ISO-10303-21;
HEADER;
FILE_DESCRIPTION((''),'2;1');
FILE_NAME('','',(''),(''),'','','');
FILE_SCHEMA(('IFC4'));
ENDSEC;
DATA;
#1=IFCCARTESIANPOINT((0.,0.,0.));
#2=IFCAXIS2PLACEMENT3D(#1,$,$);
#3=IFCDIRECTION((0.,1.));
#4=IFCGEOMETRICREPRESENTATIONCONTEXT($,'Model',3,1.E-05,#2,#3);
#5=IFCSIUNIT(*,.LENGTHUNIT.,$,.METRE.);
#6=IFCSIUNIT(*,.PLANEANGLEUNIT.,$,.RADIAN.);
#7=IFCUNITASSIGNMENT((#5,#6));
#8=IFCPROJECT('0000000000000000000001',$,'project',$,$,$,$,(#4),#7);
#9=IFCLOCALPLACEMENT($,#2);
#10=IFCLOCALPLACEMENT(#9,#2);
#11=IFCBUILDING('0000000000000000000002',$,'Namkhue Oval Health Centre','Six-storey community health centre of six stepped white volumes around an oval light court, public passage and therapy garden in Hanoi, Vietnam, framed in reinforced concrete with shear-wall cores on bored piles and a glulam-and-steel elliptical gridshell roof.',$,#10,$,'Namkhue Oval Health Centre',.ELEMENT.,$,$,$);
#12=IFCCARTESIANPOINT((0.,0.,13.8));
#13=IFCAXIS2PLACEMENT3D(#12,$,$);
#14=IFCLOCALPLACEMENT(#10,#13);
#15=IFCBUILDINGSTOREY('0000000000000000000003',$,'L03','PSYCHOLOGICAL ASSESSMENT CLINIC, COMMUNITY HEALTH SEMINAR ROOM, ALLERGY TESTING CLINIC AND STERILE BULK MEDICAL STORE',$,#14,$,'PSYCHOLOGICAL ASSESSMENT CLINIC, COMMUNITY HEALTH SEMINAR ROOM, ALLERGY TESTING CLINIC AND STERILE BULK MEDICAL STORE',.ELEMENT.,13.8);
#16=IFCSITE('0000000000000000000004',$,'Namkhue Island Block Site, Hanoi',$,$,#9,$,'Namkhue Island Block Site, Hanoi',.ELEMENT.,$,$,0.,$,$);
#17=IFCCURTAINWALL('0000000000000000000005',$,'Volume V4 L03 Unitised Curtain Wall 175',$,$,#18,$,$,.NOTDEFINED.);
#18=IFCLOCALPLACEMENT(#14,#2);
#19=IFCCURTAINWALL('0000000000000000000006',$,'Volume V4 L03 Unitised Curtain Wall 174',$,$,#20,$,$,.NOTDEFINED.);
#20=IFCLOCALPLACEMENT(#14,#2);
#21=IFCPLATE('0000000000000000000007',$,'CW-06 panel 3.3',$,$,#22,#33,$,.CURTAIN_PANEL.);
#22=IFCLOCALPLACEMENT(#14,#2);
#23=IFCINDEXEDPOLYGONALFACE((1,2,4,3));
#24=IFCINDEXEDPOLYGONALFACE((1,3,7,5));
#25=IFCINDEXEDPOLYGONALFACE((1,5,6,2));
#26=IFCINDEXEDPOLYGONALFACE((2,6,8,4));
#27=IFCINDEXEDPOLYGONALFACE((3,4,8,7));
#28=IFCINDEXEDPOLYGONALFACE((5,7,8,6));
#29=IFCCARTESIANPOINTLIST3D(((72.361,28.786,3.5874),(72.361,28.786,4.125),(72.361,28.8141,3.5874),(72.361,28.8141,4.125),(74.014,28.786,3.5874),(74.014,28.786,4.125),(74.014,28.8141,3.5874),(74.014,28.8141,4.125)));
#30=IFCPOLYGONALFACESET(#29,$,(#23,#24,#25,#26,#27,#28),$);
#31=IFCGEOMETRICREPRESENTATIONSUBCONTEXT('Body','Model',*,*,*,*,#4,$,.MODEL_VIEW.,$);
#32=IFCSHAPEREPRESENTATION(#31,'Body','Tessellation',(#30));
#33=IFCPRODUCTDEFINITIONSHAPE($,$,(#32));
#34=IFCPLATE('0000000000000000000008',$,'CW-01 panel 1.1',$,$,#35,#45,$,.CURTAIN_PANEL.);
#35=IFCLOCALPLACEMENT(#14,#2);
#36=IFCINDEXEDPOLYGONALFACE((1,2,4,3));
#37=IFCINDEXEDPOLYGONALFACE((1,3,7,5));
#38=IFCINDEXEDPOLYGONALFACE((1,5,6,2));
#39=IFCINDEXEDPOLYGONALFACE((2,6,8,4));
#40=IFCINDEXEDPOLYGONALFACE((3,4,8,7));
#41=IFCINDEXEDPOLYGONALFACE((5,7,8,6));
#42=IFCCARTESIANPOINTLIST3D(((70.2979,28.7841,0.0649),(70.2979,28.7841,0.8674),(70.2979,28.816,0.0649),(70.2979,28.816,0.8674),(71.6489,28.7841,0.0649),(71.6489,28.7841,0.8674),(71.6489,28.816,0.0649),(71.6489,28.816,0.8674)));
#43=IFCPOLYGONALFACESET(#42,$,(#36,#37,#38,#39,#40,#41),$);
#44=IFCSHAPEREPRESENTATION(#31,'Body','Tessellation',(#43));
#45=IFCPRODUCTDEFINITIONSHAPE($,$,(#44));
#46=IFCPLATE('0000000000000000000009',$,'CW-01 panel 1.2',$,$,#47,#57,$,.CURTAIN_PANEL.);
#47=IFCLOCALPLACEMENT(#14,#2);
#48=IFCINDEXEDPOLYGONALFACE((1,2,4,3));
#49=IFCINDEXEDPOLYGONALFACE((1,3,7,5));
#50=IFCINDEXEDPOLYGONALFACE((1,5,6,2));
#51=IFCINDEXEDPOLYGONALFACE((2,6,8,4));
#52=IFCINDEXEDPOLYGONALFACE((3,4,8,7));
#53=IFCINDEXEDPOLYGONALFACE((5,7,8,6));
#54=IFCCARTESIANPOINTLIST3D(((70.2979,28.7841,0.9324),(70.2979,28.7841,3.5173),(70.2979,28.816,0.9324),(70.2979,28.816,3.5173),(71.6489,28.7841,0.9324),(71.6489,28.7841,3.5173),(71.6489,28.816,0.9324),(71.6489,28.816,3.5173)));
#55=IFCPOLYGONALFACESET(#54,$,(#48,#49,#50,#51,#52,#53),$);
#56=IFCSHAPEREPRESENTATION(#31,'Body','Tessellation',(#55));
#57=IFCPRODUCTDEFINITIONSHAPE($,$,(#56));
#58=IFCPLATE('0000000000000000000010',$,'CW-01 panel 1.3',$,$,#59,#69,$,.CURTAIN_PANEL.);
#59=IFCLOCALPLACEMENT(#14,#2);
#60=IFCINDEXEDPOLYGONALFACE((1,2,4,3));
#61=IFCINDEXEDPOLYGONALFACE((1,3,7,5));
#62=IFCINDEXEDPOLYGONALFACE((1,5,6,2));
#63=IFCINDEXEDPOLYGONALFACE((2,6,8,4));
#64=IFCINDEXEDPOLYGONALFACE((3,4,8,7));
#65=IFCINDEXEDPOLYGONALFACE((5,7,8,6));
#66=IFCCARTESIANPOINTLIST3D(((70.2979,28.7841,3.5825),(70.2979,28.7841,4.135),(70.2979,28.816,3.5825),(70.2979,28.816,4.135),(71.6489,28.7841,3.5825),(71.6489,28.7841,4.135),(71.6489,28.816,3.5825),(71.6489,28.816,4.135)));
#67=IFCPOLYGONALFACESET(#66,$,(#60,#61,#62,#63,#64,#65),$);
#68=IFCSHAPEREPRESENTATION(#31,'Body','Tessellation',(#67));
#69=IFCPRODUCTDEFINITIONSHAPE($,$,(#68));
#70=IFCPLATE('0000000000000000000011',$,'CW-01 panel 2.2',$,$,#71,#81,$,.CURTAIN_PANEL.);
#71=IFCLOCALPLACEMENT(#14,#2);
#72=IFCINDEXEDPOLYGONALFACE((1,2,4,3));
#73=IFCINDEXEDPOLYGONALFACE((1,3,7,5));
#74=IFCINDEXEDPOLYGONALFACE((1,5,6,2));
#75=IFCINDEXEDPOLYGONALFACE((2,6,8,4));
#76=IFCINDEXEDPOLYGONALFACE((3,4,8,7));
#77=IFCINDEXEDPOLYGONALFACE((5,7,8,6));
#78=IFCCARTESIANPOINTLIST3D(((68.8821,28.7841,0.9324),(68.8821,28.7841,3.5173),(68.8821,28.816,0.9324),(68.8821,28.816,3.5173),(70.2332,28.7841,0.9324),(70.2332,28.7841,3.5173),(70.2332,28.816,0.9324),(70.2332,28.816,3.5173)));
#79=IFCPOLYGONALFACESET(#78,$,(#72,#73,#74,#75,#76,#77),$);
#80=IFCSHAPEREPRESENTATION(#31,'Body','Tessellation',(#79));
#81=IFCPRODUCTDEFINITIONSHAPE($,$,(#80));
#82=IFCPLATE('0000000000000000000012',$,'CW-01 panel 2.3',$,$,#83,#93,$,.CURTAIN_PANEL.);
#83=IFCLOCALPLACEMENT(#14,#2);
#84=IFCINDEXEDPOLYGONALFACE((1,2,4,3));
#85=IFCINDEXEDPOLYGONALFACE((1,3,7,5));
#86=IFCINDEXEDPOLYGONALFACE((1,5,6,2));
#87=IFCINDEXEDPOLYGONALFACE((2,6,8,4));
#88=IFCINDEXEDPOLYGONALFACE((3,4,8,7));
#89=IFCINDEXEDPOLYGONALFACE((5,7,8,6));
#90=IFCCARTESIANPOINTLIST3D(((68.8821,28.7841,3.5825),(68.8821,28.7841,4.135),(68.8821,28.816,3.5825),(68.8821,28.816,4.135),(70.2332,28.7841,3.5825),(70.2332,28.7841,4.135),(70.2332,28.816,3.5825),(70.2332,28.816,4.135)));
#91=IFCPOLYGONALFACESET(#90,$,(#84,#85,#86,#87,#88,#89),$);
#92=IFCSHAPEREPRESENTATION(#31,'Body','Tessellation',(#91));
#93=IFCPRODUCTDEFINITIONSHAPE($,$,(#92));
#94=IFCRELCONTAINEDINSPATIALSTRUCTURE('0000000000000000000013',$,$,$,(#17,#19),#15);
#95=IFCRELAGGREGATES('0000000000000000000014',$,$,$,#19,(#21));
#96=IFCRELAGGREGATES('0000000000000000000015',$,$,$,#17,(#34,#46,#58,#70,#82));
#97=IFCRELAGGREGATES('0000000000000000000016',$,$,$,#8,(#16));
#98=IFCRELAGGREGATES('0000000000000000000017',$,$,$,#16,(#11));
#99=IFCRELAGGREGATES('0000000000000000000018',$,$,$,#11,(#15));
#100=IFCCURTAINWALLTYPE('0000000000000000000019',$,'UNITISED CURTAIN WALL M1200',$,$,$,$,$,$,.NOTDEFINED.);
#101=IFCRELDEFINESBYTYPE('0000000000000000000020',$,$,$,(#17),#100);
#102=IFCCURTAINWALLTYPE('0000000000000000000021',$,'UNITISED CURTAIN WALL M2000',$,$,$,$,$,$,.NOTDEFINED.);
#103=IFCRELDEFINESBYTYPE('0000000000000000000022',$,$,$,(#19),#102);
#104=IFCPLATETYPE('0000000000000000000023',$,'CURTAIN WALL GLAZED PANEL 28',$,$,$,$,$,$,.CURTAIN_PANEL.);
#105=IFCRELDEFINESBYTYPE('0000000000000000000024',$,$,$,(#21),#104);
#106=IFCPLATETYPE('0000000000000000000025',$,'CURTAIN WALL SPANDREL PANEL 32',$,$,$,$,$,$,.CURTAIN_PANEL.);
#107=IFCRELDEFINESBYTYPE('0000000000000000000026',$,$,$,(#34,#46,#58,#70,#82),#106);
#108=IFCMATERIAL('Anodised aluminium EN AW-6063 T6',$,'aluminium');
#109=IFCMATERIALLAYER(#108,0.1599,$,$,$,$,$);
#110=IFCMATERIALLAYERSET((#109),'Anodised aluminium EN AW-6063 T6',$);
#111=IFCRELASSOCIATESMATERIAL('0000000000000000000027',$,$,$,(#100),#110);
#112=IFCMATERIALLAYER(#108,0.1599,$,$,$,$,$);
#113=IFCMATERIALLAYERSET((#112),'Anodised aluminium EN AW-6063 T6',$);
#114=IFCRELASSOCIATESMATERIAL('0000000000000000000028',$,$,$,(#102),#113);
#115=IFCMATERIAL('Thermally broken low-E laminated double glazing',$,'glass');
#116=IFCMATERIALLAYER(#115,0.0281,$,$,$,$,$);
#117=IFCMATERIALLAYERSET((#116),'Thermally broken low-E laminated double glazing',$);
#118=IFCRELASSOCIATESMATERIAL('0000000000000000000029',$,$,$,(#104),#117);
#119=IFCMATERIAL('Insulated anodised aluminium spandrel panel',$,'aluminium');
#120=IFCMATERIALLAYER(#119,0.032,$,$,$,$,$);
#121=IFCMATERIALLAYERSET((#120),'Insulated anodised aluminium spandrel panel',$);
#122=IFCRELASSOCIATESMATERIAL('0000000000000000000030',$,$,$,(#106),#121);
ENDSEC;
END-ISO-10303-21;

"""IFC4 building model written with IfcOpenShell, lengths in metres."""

from ifc_helpers import new_model, si_unit, direction, frame, origin, origin_2d, place, context, subcontext, project, spatial, rectangle, extrude, material, layer, layer_set, type_object, element, aggregate, save


model = new_model("IFC4")

# Units and contexts
model_context = context("Model", 3, precision=1e-05, world=origin(), true_north=direction((0.0, 1.0)))
body_context = subcontext(model_context, "Body", "Model", "MODEL_VIEW")
ifc_project = project(units=[si_unit("LENGTHUNIT", "METRE"), si_unit("PLANEANGLEUNIT", "RADIAN")], contexts=[model_context])

# Site, building, storey
site_placement = place(None, origin())
site = spatial("IfcSite", under=ifc_project, at=site_placement, Name="Namkhue Island Block Site, Hanoi", LongName="Namkhue Island Block Site, Hanoi", CompositionType="ELEMENT", RefElevation=0.0)
building_placement = place(site_placement, origin())
building = spatial("IfcBuilding", under=site, at=building_placement, Name="Namkhue Oval Health Centre", Description="Six-storey community health centre of six stepped white volumes around an oval light court, public passage and therapy garden in Hanoi, Vietnam, framed in reinforced concrete with shear-wall cores on bored piles and a glulam-and-steel elliptical gridshell roof.", LongName="Namkhue Oval Health Centre", CompositionType="ELEMENT")
storey_placement = place(building_placement, frame((0.0, 0.0, 13.8)))
storey = spatial("IfcBuildingStorey", under=building, at=storey_placement, Name="L03", Description="PSYCHOLOGICAL ASSESSMENT CLINIC, COMMUNITY HEALTH SEMINAR ROOM, ALLERGY TESTING CLINIC AND STERILE BULK MEDICAL STORE", LongName="PSYCHOLOGICAL ASSESSMENT CLINIC, COMMUNITY HEALTH SEMINAR ROOM, ALLERGY TESTING CLINIC AND STERILE BULK MEDICAL STORE", CompositionType="ELEMENT", Elevation=13.8)

# Curtain wall
ifc_material_1 = material(Name="Anodised aluminium EN AW-6063 T6", Category="aluminium")
ifc_layer_1 = layer(ifc_material_1, 0.1599)
ifc_layer_set_1 = layer_set([ifc_layer_1], Name="Anodised aluminium EN AW-6063 T6")
curtain_wall_type_1 = type_object("IfcCurtainWallType", Name="UNITISED CURTAIN WALL M1200", PredefinedType="NOTDEFINED", material=ifc_layer_set_1)
curtain_wall_1_placement = place(storey_placement, origin())
curtain_wall_1 = element("IfcCurtainWall", 1, at=curtain_wall_1_placement, inside=storey, type_object=curtain_wall_type_1, Name="Volume V4 L03 Unitised Curtain Wall 175", PredefinedType="NOTDEFINED")

# Curtain wall
ifc_layer_2 = layer(ifc_material_1, 0.1599)
ifc_layer_set_2 = layer_set([ifc_layer_2], Name="Anodised aluminium EN AW-6063 T6")
curtain_wall_type_2 = type_object("IfcCurtainWallType", Name="UNITISED CURTAIN WALL M2000", PredefinedType="NOTDEFINED", material=ifc_layer_set_2)
curtain_wall_2_placement = place(storey_placement, origin())
curtain_wall_2 = element("IfcCurtainWall", 2, at=curtain_wall_2_placement, inside=storey, type_object=curtain_wall_type_2, Name="Volume V4 L03 Unitised Curtain Wall 174", PredefinedType="NOTDEFINED")

# Plates
ifc_material_2 = material(Name="Thermally broken low-E laminated double glazing", Category="glass")
ifc_layer_3 = layer(ifc_material_2, 0.0281)
ifc_layer_set_3 = layer_set([ifc_layer_3], Name="Thermally broken low-E laminated double glazing")
plate_type_1 = type_object("IfcPlateType", Name="CURTAIN WALL GLAZED PANEL 28", PredefinedType="CURTAIN_PANEL", material=ifc_layer_set_3)
plate_1_placement = place(storey_placement, frame((73.1875, 28.8, 3.5874), z_axis=(0.0, 0.0, 1.0), x_axis=(-1.0, 0.0, 0.0)))
plate_1 = element("IfcPlate", 3, at=plate_1_placement, type_object=plate_type_1, Name="CW-06 panel 3.3", PredefinedType="CURTAIN_PANEL", context=body_context, shape_type="SweptSolid", body=[
    extrude(rectangle(XDim=1.6531, YDim=0.0281, at=origin_2d()), origin(), (0.0, 0.0, 1.0), 0.5376),
])
aggregate(curtain_wall_2, [plate_1])
ifc_material_3 = material(Name="Insulated anodised aluminium spandrel panel", Category="aluminium")
ifc_layer_4 = layer(ifc_material_3, 0.032)
ifc_layer_set_4 = layer_set([ifc_layer_4], Name="Insulated anodised aluminium spandrel panel")
plate_type_2 = type_object("IfcPlateType", Name="CURTAIN WALL SPANDREL PANEL 32", PredefinedType="CURTAIN_PANEL", material=ifc_layer_set_4)
plate_2_placement = place(storey_placement, frame((70.9734, 28.8, 0.0649), z_axis=(0.0, 0.0, 1.0), x_axis=(-1.0, 0.0, 0.0)))
plate_2 = element("IfcPlate", 4, at=plate_2_placement, type_object=plate_type_2, Name="CW-01 panel 1.1", PredefinedType="CURTAIN_PANEL", context=body_context, shape_type="SweptSolid", body=[
    extrude(rectangle(XDim=1.3511, YDim=0.032, at=origin_2d()), origin(), (0.0, 0.0, 1.0), 0.8025),
])
plate_3_placement = place(storey_placement, frame((70.9734, 28.8, 0.9324), z_axis=(0.0, 0.0, 1.0), x_axis=(-1.0, 0.0, 0.0)))
plate_3 = element("IfcPlate", 5, at=plate_3_placement, type_object=plate_type_2, Name="CW-01 panel 1.2", PredefinedType="CURTAIN_PANEL", context=body_context, shape_type="SweptSolid", body=[
    extrude(rectangle(XDim=1.3511, YDim=0.032, at=origin_2d()), origin(), (0.0, 0.0, 1.0), 2.585),
])
plate_4_placement = place(storey_placement, frame((70.9734, 28.8, 3.5825), z_axis=(0.0, 0.0, 1.0), x_axis=(-1.0, 0.0, 0.0)))
plate_4 = element("IfcPlate", 6, at=plate_4_placement, type_object=plate_type_2, Name="CW-01 panel 1.3", PredefinedType="CURTAIN_PANEL", context=body_context, shape_type="SweptSolid", body=[
    extrude(rectangle(XDim=1.3511, YDim=0.032, at=origin_2d()), origin(), (0.0, 0.0, 1.0), 0.5525),
])
plate_5_placement = place(storey_placement, frame((69.5576, 28.8, 0.9324), z_axis=(0.0, 0.0, 1.0), x_axis=(-1.0, 0.0, 0.0)))
plate_5 = element("IfcPlate", 7, at=plate_5_placement, type_object=plate_type_2, Name="CW-01 panel 2.2", PredefinedType="CURTAIN_PANEL", context=body_context, shape_type="SweptSolid", body=[
    extrude(rectangle(XDim=1.3511, YDim=0.032, at=origin_2d()), origin(), (0.0, 0.0, 1.0), 2.585),
])
plate_6_placement = place(storey_placement, frame((69.5576, 28.8, 3.5825), z_axis=(0.0, 0.0, 1.0), x_axis=(-1.0, 0.0, 0.0)))
plate_6 = element("IfcPlate", 8, at=plate_6_placement, type_object=plate_type_2, Name="CW-01 panel 2.3", PredefinedType="CURTAIN_PANEL", context=body_context, shape_type="SweptSolid", body=[
    extrude(rectangle(XDim=1.3511, YDim=0.032, at=origin_2d()), origin(), (0.0, 0.0, 1.0), 0.5525),
])
aggregate(curtain_wall_1, [plate_2, plate_3, plate_4, plate_5, plate_6])

save(model, "model.ifc")
